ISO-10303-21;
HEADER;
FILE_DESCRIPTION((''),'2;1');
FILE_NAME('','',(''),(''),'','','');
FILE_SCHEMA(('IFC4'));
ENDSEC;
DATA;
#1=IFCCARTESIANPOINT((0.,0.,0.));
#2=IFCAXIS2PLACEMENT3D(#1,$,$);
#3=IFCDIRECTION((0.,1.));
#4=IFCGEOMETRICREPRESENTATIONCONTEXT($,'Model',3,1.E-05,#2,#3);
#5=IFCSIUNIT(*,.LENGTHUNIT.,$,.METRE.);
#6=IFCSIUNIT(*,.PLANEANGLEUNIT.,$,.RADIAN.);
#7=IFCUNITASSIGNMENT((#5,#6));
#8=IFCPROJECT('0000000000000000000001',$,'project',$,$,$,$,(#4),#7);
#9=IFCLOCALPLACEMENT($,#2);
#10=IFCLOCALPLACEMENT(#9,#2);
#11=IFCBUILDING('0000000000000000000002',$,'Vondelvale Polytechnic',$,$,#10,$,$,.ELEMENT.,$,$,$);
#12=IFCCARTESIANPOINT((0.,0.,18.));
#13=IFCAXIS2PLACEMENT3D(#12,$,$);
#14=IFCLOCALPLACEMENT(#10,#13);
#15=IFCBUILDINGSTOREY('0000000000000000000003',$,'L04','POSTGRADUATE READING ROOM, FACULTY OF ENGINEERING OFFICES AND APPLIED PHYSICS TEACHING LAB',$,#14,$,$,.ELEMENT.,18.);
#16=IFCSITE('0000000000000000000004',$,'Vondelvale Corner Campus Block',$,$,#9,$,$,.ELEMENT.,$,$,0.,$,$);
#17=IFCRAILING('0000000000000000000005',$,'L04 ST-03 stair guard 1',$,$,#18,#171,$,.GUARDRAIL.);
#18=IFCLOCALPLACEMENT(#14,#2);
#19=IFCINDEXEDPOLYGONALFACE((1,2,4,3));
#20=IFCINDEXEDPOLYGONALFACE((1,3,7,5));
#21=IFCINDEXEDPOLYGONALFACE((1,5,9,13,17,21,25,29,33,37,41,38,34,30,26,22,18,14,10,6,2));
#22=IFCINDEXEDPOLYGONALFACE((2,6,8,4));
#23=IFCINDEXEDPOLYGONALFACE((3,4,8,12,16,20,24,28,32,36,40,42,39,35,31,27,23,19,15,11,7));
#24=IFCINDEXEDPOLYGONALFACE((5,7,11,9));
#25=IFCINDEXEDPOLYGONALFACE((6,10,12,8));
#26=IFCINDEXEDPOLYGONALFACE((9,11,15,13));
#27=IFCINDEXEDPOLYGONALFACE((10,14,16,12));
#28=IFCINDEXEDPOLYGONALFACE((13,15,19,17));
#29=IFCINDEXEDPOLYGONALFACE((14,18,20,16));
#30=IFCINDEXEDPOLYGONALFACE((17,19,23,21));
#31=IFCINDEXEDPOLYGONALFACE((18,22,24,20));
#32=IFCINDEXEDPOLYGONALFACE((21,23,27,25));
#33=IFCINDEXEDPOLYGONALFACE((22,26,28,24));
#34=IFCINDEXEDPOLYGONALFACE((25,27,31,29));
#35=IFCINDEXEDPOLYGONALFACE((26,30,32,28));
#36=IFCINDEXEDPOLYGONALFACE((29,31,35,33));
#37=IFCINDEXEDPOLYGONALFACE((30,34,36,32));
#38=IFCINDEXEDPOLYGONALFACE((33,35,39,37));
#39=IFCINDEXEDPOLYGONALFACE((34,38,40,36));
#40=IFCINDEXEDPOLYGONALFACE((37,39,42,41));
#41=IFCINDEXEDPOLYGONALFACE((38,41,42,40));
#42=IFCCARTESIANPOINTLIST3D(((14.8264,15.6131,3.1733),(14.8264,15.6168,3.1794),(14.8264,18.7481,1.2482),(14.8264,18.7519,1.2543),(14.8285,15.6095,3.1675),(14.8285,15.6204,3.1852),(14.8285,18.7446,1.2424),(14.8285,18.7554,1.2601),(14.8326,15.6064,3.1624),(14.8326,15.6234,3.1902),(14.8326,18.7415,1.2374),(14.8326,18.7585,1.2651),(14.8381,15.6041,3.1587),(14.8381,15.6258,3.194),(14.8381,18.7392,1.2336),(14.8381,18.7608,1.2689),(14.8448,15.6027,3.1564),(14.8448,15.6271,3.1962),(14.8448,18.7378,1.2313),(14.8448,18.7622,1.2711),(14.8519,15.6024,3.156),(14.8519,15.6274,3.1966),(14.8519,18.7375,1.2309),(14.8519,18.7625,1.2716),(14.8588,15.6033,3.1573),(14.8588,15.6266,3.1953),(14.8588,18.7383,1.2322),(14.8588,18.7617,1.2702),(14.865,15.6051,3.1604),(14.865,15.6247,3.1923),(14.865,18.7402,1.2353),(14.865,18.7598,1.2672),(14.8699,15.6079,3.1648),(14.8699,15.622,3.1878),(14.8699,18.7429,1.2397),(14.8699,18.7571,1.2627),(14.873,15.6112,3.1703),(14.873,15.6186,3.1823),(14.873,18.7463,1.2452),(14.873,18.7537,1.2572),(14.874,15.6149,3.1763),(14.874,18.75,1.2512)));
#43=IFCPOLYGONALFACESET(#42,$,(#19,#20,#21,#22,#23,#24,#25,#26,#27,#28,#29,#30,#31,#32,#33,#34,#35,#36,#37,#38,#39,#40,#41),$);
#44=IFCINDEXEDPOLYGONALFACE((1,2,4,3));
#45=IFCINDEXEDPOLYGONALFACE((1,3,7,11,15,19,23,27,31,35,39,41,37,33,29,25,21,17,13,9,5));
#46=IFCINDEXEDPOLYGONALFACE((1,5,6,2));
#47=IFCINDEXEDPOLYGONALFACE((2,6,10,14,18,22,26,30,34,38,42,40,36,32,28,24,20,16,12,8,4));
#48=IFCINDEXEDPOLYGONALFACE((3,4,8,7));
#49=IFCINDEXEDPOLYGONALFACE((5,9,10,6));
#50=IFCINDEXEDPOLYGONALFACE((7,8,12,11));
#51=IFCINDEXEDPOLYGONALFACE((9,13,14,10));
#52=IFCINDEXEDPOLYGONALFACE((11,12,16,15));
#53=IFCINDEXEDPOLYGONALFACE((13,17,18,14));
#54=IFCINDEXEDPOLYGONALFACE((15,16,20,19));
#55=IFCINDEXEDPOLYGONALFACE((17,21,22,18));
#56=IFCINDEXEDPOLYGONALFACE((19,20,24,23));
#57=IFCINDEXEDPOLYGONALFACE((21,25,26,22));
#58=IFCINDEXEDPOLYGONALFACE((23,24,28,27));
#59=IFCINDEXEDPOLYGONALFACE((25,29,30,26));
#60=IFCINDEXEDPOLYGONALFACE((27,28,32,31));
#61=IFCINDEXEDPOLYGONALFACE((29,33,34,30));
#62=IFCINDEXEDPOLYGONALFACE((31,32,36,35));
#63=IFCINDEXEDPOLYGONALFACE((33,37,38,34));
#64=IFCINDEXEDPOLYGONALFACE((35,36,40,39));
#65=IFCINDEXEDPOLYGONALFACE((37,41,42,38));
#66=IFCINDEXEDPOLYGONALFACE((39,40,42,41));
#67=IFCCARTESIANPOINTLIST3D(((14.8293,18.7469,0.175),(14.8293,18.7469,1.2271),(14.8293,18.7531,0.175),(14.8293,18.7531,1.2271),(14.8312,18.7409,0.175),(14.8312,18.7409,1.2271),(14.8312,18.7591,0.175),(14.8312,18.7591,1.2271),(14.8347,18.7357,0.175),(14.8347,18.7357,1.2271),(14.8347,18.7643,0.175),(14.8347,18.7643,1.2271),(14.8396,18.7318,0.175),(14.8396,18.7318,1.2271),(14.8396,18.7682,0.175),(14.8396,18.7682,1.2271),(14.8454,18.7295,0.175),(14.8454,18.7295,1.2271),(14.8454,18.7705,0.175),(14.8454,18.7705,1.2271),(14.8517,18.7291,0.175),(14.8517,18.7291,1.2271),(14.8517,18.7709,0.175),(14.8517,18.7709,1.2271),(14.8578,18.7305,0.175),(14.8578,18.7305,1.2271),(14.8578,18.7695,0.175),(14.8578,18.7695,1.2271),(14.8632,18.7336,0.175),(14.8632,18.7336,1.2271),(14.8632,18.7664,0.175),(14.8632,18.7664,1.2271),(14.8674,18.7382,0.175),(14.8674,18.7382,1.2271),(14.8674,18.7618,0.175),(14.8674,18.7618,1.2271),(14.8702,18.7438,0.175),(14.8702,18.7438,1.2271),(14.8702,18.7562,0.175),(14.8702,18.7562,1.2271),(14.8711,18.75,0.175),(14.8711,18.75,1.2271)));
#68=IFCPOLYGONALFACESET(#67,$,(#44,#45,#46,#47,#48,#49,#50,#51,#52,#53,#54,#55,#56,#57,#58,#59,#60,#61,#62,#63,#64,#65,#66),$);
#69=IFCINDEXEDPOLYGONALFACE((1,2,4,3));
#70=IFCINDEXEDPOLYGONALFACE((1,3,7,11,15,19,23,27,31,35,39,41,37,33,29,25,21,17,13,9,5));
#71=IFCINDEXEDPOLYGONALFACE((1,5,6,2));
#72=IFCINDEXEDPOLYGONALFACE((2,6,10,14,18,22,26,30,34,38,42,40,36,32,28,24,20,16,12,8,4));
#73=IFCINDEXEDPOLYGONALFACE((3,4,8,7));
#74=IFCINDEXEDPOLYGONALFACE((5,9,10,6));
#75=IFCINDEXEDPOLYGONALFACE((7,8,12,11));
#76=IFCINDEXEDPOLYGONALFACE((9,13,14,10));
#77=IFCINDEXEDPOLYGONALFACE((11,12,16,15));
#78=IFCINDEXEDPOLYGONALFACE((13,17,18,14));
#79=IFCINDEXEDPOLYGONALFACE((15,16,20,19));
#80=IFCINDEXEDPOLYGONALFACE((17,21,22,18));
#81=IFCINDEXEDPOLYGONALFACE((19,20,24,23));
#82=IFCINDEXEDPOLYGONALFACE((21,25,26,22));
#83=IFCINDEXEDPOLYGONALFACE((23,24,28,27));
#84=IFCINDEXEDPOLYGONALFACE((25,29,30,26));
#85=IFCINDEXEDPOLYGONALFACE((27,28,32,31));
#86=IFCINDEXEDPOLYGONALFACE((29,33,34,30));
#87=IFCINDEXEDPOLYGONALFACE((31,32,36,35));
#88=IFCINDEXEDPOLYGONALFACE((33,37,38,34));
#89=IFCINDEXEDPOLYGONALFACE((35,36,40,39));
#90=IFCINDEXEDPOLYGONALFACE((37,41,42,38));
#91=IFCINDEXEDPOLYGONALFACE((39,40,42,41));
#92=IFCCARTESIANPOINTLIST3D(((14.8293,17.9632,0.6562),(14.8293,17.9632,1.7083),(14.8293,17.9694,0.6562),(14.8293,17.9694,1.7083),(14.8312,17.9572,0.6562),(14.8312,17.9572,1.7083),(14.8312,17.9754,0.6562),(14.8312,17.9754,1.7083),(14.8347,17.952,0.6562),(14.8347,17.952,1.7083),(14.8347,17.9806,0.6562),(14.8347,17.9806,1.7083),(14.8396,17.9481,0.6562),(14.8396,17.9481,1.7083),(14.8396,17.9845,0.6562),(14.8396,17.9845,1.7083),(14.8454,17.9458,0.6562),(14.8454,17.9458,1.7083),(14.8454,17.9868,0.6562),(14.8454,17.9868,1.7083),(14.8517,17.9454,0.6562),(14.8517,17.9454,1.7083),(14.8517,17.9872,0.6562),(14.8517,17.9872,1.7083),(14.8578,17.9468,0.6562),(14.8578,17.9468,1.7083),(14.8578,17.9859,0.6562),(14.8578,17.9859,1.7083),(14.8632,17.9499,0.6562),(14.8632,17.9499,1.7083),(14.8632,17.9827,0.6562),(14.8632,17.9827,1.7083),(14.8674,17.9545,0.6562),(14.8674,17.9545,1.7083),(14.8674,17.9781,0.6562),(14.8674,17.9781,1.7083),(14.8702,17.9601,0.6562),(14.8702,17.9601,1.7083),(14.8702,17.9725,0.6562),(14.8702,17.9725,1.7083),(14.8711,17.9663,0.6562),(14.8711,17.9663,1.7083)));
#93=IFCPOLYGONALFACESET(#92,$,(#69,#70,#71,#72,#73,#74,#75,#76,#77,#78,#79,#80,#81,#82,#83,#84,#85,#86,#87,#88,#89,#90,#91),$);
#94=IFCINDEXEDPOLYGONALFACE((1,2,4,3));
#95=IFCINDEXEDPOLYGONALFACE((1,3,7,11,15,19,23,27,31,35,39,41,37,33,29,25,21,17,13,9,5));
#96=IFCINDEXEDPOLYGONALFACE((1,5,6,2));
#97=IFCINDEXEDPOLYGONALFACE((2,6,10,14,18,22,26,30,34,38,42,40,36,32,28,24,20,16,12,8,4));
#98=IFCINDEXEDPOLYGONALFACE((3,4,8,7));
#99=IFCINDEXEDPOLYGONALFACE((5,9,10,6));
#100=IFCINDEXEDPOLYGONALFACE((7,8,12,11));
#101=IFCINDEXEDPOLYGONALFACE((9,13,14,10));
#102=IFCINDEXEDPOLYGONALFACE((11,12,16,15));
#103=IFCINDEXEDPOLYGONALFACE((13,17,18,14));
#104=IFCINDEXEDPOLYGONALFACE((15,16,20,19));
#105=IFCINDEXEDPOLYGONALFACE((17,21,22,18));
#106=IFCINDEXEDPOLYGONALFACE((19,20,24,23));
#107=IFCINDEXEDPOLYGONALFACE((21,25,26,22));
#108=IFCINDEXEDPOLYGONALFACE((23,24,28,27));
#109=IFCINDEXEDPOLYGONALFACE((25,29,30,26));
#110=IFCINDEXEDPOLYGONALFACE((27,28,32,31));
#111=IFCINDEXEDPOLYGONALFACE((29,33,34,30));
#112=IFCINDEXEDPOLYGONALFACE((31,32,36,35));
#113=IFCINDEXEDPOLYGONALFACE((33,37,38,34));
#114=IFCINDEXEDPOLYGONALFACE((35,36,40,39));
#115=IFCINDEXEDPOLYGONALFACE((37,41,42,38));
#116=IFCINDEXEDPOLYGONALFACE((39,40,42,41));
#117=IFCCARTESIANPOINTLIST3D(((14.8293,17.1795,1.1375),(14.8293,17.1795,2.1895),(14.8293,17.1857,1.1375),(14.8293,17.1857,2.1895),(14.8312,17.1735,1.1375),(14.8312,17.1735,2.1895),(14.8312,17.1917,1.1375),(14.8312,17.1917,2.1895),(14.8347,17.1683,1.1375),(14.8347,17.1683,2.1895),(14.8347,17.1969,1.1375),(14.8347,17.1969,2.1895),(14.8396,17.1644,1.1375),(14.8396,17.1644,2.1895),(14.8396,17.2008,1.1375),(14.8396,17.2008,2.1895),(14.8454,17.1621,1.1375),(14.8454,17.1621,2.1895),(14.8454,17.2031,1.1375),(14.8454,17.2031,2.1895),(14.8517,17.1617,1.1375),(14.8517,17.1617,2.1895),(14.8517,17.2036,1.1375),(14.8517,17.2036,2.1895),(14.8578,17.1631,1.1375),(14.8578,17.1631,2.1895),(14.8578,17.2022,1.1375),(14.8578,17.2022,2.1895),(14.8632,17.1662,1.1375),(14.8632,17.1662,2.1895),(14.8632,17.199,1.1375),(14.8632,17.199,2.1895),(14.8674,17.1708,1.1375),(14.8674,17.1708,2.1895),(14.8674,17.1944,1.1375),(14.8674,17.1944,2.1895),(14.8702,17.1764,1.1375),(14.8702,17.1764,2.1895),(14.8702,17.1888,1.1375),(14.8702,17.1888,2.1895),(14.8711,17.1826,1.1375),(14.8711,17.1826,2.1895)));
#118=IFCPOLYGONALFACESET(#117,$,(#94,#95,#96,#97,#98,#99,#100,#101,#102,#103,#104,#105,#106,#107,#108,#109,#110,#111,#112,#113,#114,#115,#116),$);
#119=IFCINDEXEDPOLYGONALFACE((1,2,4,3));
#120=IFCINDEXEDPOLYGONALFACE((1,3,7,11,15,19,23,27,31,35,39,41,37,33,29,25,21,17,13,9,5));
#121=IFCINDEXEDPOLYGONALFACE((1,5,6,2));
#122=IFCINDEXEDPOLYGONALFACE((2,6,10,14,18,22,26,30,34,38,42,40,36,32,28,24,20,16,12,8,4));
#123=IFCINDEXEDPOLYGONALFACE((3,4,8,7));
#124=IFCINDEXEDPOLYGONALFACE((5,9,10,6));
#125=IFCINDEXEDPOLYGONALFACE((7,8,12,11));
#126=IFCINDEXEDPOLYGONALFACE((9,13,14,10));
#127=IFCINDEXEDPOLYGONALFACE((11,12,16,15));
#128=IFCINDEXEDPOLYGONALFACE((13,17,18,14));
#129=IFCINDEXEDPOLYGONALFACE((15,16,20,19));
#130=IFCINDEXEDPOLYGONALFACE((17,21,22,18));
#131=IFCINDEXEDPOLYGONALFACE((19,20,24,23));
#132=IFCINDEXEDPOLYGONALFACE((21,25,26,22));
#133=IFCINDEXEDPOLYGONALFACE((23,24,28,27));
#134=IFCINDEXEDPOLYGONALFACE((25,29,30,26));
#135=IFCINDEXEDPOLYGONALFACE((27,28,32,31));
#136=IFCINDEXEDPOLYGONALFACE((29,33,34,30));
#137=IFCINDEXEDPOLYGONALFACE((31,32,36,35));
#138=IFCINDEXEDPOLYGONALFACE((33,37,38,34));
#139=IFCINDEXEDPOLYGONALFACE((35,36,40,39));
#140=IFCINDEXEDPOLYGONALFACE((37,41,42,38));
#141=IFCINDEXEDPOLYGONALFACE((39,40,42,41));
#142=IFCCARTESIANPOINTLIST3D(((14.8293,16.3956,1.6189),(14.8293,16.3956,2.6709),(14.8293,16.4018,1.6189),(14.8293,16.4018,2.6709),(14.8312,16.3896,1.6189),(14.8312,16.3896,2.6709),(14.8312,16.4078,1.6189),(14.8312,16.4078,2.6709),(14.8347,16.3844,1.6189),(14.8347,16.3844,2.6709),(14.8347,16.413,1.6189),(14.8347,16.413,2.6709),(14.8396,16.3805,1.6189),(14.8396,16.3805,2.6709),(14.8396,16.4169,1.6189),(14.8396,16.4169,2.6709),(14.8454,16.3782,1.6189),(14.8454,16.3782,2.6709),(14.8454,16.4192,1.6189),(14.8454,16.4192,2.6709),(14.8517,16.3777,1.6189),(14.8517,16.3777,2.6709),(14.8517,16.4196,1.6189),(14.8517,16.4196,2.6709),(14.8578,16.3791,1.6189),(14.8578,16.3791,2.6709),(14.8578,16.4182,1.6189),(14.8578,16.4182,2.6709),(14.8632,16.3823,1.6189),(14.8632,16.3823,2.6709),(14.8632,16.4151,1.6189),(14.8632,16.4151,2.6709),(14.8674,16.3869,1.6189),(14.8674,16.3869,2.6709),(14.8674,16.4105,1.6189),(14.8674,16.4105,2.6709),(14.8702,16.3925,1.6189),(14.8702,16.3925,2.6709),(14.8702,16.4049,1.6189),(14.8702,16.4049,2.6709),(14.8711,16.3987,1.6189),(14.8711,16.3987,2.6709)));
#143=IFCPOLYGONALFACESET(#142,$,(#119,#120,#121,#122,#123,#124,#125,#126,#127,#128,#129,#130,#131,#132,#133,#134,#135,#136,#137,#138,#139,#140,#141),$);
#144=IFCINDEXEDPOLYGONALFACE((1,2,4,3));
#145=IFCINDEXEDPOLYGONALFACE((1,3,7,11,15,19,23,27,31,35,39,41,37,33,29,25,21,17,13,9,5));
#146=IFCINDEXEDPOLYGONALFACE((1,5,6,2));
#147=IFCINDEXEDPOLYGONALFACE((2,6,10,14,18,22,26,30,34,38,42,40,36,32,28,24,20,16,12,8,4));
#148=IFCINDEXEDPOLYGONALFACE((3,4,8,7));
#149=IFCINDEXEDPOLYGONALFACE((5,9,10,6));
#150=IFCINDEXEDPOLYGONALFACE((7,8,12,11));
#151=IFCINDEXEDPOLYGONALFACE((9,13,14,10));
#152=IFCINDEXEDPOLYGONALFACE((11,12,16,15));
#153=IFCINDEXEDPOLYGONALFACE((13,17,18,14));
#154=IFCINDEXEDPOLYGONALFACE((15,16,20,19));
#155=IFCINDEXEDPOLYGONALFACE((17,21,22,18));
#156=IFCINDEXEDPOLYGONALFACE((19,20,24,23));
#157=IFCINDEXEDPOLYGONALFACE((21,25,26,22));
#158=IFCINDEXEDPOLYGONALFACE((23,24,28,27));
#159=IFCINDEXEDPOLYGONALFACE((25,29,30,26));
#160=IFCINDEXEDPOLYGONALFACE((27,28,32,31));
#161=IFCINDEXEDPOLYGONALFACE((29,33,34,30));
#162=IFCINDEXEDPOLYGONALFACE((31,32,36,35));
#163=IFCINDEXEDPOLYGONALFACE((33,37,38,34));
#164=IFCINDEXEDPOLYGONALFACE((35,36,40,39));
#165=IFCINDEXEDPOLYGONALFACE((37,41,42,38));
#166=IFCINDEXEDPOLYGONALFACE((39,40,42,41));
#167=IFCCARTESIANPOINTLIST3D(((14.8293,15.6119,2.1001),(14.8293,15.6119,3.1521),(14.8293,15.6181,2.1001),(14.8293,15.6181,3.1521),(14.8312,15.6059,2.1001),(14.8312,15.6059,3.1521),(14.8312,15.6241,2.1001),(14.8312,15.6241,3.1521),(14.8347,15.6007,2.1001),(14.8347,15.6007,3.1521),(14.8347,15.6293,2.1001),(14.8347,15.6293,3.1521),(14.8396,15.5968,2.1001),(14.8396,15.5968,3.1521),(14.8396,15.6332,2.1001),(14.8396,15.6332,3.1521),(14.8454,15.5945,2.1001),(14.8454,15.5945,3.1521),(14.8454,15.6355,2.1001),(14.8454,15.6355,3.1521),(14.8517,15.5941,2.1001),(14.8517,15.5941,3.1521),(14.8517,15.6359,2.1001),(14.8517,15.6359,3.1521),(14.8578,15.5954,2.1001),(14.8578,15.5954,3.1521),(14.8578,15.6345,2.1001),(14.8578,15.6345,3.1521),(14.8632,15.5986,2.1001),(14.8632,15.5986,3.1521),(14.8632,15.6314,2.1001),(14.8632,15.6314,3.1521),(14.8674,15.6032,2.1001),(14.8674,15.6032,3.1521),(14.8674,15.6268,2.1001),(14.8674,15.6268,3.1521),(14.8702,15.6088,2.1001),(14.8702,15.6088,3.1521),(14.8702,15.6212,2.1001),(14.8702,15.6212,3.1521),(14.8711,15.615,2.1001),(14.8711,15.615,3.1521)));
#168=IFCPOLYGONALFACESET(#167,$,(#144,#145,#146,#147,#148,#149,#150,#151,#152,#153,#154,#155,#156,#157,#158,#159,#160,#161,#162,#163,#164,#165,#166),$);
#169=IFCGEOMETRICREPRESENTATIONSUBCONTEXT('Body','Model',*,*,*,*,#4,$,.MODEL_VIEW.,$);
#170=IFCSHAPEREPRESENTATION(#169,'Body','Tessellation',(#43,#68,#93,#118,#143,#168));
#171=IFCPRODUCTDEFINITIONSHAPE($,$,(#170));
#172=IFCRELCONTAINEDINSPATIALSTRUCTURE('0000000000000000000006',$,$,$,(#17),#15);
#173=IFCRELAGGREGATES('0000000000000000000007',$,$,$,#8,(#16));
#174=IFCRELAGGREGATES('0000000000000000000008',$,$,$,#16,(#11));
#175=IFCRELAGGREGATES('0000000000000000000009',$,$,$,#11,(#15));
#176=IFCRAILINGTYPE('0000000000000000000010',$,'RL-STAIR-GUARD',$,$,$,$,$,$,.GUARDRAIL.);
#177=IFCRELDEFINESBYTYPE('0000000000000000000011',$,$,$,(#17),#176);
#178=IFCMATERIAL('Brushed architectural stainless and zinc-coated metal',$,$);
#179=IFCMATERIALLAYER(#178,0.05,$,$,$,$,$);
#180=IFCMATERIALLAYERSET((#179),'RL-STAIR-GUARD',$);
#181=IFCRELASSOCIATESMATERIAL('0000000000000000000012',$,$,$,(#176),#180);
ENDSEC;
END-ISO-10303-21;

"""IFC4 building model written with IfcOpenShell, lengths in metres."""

from ifc_helpers import new_model, si_unit, direction, frame, origin, origin_2d, place, context, subcontext, project, spatial, circle, extrude, material, layer, layer_set, type_object, element, save


model = new_model("IFC4")

# Units and contexts
model_context = context("Model", 3, precision=1e-05, world=origin(), true_north=direction((0.0, 1.0)))
body_context = subcontext(model_context, "Body", "Model", "MODEL_VIEW")
ifc_project = project(units=[si_unit("LENGTHUNIT", "METRE"), si_unit("PLANEANGLEUNIT", "RADIAN")], contexts=[model_context])

# Site, building, storey
site_placement = place(None, origin())
site = spatial("IfcSite", under=ifc_project, at=site_placement, Name="Vondelvale Corner Campus Block", CompositionType="ELEMENT", RefElevation=0.0)
building_placement = place(site_placement, origin())
building = spatial("IfcBuilding", under=site, at=building_placement, Name="Vondelvale Polytechnic", CompositionType="ELEMENT")
storey_placement = place(building_placement, frame((0.0, 0.0, 18.0)))
storey = spatial("IfcBuildingStorey", under=building, at=storey_placement, Name="L04", Description="POSTGRADUATE READING ROOM, FACULTY OF ENGINEERING OFFICES AND APPLIED PHYSICS TEACHING LAB", CompositionType="ELEMENT", Elevation=18.0)

# Shared definitions
ifc_material_1 = material(Name="Brushed architectural stainless and zinc-coated metal")

# Railing
ifc_layer_1 = layer(ifc_material_1, 0.05)
ifc_layer_set_1 = layer_set([ifc_layer_1], Name="RL-STAIR-GUARD")
railing_type_1 = type_object("IfcRailingType", Name="RL-STAIR-GUARD", PredefinedType="GUARDRAIL", material=ifc_layer_set_1)
railing_1_placement = place(storey_placement, frame((14.8501, 18.75, 0.175)))
element("IfcRailing", 1, at=railing_1_placement, inside=storey, type_object=railing_type_1, Name="L04 ST-03 stair guard 1", PredefinedType="GUARDRAIL", context=body_context, shape_type="SweptSolid", body=[
    extrude(circle(Radius=0.0239, at=origin_2d()), frame((0.0, 0.0, 1.0762), z_axis=(0.0, -0.852166, 0.523271), x_axis=(1.0, 0.0, 0.0)), (0.0, 0.0, 1.0), 3.679),
    extrude(circle(Radius=0.021, at=origin_2d()), origin(), (0.0, 0.0, 1.0), 1.052),
    extrude(circle(Radius=0.021, at=origin_2d()), frame((0.0, -0.7837, 0.4812)), (0.0, 0.0, 1.0), 1.052),
    extrude(circle(Radius=0.021, at=origin_2d()), frame((0.0, -1.5674, 0.9624)), (0.0, 0.0, 1.0), 1.052),
    extrude(circle(Radius=0.021, at=origin_2d()), frame((0.0, -2.3513, 1.4438)), (0.0, 0.0, 1.0), 1.052),
    extrude(circle(Radius=0.021, at=origin_2d()), frame((0.0, -3.135, 1.925)), (0.0, 0.0, 1.0), 1.052),
])

save(model, "model.ifc")
